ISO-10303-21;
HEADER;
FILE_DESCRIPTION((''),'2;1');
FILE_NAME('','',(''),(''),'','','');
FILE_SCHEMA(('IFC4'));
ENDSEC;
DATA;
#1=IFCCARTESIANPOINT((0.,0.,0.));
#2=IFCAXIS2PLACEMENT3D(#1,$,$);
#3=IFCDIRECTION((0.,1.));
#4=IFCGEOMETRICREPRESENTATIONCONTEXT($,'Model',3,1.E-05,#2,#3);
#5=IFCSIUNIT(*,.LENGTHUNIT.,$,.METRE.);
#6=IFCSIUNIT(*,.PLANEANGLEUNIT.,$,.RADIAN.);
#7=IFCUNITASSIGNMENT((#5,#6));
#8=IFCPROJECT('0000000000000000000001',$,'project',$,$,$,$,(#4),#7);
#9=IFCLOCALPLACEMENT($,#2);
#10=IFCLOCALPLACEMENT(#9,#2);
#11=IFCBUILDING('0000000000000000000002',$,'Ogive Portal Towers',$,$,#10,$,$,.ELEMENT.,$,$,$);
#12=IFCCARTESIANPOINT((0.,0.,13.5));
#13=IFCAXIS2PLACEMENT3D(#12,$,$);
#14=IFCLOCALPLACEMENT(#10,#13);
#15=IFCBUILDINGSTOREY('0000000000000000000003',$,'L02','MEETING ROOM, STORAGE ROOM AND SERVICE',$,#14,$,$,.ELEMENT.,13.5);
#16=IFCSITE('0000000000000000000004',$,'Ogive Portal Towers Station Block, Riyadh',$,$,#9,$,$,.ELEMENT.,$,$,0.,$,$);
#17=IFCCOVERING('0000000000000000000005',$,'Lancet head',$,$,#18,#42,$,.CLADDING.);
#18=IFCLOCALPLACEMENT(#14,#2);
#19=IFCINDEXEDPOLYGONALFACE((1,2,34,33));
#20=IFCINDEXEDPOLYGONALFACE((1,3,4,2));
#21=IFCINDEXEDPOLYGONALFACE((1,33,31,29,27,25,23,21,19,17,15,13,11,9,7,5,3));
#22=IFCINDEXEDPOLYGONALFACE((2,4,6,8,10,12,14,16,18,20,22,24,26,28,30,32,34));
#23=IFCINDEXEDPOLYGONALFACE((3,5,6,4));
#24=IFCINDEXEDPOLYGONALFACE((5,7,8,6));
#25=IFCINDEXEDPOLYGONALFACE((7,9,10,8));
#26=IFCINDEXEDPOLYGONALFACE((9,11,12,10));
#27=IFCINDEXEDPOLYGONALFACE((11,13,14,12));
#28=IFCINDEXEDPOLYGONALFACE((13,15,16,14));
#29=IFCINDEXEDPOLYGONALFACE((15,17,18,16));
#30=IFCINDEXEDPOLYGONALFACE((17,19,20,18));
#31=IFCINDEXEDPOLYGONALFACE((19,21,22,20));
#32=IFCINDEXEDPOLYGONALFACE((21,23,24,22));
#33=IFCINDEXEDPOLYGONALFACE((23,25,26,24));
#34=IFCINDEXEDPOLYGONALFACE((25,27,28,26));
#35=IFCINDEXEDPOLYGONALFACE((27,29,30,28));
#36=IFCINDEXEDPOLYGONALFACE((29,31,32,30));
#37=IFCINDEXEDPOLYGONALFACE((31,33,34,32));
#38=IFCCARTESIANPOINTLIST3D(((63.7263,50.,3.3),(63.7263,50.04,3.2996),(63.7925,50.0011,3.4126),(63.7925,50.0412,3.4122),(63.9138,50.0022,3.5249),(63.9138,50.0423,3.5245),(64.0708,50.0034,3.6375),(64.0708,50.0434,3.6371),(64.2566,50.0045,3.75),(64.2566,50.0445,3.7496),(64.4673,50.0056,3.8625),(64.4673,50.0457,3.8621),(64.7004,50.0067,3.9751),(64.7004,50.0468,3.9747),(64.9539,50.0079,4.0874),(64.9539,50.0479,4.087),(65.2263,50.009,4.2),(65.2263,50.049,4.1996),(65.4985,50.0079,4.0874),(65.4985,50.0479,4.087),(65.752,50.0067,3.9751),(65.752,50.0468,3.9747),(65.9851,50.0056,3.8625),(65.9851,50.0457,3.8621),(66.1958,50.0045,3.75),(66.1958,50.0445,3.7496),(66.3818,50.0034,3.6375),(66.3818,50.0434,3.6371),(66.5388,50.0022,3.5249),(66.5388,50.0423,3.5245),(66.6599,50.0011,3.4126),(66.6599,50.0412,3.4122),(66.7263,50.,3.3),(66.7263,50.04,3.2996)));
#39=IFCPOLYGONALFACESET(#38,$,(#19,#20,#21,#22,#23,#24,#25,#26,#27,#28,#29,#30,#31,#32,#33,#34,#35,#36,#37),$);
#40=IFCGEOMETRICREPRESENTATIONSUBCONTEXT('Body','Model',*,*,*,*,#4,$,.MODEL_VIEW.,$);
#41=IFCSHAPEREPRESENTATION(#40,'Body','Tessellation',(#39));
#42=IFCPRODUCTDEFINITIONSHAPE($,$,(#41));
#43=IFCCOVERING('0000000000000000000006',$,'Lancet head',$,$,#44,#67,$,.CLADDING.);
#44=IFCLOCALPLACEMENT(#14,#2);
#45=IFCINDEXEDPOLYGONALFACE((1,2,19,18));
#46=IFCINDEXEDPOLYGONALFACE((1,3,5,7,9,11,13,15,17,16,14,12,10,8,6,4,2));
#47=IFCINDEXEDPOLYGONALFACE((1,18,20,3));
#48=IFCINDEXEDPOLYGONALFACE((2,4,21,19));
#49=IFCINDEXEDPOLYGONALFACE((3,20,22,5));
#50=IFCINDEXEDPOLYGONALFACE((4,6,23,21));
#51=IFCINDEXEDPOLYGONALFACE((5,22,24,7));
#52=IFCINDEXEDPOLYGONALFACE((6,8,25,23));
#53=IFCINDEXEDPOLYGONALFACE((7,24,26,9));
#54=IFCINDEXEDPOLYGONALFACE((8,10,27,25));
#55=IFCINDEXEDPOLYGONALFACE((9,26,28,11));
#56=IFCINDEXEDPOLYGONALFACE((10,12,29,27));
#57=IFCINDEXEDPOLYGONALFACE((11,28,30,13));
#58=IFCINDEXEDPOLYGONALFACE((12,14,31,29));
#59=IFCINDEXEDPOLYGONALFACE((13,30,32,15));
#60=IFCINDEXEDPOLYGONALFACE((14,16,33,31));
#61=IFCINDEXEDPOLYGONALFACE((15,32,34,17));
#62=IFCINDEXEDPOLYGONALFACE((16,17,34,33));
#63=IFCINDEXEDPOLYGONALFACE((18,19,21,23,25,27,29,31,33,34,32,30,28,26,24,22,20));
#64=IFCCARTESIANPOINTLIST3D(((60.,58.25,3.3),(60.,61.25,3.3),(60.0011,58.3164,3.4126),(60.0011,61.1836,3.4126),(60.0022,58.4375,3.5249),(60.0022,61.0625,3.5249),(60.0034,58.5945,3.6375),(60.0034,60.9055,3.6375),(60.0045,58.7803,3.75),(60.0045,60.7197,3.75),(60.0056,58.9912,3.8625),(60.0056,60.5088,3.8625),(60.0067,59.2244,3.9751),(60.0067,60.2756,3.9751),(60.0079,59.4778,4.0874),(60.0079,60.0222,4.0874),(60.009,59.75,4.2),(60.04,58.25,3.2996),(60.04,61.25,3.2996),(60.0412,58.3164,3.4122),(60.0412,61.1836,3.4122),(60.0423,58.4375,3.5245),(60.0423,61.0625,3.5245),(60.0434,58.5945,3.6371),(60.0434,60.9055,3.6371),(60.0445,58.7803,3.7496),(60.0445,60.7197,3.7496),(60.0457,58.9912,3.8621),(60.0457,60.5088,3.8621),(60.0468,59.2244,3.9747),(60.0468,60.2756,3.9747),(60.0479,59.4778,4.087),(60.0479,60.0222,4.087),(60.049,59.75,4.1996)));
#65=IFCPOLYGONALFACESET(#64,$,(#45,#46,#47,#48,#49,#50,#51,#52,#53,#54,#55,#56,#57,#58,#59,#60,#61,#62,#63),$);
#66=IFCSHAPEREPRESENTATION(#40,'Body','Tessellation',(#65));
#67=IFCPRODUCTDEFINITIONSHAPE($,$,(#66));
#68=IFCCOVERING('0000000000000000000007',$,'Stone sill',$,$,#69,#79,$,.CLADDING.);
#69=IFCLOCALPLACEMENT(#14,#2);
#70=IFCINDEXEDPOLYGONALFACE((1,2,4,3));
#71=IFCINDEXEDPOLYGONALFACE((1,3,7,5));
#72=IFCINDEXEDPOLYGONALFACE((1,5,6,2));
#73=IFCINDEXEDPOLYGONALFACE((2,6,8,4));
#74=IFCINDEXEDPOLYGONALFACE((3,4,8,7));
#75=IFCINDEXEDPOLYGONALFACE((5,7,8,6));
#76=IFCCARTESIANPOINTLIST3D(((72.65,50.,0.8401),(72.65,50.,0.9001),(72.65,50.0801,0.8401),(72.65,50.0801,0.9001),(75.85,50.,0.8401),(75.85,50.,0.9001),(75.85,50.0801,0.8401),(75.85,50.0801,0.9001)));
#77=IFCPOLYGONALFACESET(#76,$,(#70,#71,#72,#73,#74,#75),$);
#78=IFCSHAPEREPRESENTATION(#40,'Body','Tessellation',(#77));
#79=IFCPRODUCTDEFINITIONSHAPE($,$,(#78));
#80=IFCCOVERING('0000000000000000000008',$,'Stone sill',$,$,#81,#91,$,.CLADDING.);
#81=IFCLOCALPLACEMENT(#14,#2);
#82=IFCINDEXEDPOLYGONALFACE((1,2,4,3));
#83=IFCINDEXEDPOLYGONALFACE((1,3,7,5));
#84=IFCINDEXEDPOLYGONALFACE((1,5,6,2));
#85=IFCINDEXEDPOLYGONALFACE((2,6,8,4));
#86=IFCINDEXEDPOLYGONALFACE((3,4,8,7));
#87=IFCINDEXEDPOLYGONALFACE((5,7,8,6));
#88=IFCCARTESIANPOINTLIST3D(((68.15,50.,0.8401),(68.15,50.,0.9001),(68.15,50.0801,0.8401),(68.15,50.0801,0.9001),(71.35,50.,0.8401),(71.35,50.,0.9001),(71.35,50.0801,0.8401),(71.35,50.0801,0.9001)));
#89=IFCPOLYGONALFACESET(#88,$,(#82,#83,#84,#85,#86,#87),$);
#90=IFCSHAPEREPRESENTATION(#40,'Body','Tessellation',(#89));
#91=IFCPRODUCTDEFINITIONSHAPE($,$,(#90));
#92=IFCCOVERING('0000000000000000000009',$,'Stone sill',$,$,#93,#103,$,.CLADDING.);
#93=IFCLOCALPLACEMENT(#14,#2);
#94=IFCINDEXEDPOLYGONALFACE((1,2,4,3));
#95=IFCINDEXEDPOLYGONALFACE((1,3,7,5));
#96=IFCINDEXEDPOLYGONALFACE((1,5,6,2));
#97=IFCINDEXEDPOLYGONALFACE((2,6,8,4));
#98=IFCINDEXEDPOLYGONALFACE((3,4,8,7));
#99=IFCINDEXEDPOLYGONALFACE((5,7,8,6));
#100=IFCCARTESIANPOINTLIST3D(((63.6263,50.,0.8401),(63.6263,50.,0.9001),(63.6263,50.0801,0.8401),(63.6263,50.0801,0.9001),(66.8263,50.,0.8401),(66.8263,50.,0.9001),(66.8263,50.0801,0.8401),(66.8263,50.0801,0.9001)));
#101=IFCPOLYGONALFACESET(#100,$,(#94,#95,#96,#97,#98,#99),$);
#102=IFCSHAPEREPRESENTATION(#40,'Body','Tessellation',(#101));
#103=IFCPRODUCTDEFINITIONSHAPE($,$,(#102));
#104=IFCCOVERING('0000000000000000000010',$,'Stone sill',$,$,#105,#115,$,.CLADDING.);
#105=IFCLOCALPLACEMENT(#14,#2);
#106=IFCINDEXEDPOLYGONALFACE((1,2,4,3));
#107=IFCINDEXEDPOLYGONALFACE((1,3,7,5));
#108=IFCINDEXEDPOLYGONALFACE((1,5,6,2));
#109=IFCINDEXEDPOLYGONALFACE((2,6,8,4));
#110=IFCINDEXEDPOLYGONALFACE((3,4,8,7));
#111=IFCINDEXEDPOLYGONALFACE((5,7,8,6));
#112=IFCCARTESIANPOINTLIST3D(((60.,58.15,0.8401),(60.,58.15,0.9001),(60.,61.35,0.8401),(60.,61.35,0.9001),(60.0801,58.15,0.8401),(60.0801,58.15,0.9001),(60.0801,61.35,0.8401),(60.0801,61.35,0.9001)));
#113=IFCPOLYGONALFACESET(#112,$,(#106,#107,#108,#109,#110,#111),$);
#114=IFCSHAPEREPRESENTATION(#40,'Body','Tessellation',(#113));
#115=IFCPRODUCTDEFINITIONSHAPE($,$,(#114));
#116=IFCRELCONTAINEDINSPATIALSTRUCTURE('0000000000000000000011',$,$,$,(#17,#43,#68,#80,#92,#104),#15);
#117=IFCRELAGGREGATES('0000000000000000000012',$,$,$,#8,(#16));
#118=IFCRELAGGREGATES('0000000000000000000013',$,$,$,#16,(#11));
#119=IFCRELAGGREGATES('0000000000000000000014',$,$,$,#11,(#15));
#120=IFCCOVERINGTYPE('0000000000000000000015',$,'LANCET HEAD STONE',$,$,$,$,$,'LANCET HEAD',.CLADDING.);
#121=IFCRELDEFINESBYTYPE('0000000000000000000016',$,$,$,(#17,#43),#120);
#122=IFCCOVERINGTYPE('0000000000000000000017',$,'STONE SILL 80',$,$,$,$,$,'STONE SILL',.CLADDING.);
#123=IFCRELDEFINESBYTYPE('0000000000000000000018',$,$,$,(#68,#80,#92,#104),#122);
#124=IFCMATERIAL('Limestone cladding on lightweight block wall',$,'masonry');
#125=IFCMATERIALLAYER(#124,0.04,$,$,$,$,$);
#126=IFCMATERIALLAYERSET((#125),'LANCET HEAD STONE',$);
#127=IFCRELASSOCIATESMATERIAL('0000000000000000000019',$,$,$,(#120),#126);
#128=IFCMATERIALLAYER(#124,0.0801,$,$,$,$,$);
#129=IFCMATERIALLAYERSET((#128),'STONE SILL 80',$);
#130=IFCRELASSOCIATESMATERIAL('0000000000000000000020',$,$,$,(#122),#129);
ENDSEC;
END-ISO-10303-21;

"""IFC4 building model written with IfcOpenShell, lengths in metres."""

from ifc_helpers import new_model, si_unit, direction, frame, origin, origin_2d, place, context, subcontext, project, spatial, polyline, rectangle, outline, extrude, material, layer, layer_set, type_object, element, save


model = new_model("IFC4")

# Units and contexts
model_context = context("Model", 3, precision=1e-05, world=origin(), true_north=direction((0.0, 1.0)))
body_context = subcontext(model_context, "Body", "Model", "MODEL_VIEW")
ifc_project = project(units=[si_unit("LENGTHUNIT", "METRE"), si_unit("PLANEANGLEUNIT", "RADIAN")], contexts=[model_context])

# Site, building, storey
site_placement = place(None, origin())
site = spatial("IfcSite", under=ifc_project, at=site_placement, Name="Ogive Portal Towers Station Block, Riyadh", CompositionType="ELEMENT", RefElevation=0.0)
building_placement = place(site_placement, origin())
building = spatial("IfcBuilding", under=site, at=building_placement, Name="Ogive Portal Towers", CompositionType="ELEMENT")
storey_placement = place(building_placement, frame((0.0, 0.0, 13.5)))
storey = spatial("IfcBuildingStorey", under=building, at=storey_placement, Name="L02", Description="MEETING ROOM, STORAGE ROOM AND SERVICE", CompositionType="ELEMENT", Elevation=13.5)

# Shared definitions
ifc_material_1 = material(Name="Limestone cladding on lightweight block wall", Category="masonry")

# Coverings
ifc_layer_1 = layer(ifc_material_1, 0.04)
ifc_layer_set_1 = layer_set([ifc_layer_1], Name="LANCET HEAD STONE")
covering_type_1 = type_object("IfcCoveringType", Name="LANCET HEAD STONE", ElementType="LANCET HEAD", PredefinedType="CLADDING", material=ifc_layer_set_1)
covering_1_placement = place(storey_placement, frame((66.7263, 50.0, 3.3), z_axis=(0.0, -0.99995, 0.009994), x_axis=(-1.0, 0.0, 0.0)))
element("IfcCovering", 1, at=covering_1_placement, inside=storey, type_object=covering_type_1, Name="Lancet head", PredefinedType="CLADDING", context=body_context, shape_type="SweptSolid", body=[
    extrude(outline(polyline([(0.0, 0.0), (3.0, 0.0), (2.9338, -0.1126), (2.8125, -0.2249), (2.6555, -0.3374), (2.4697, -0.45), (2.259, -0.5625), (2.0259, -0.6751), (1.7725, -0.7874), (1.5, -0.8999), (1.2278, -0.7874), (0.9744, -0.6751), (0.7412, -0.5625), (0.5305, -0.45), (0.3445, -0.3374), (0.1875, -0.2249), (0.0664, -0.1126), (0.0, 0.0)])), origin(), (0.0, 0.0, -1.0), 0.04),
])
covering_2_placement = place(storey_placement, frame((60.0, 58.25, 3.3), z_axis=(-0.99995, 0.0, 0.009994), x_axis=(0.0, 1.0, 0.0)))
element("IfcCovering", 2, at=covering_2_placement, inside=storey, type_object=covering_type_1, Name="Lancet head", PredefinedType="CLADDING", context=body_context, shape_type="SweptSolid", body=[
    extrude(outline(polyline([(0.0, 0.0), (3.0, 0.0), (2.9336, -0.1126), (2.8125, -0.2249), (2.6555, -0.3374), (2.4697, -0.45), (2.2588, -0.5625), (2.0256, -0.6751), (1.7722, -0.7874), (1.5, -0.8999), (1.2278, -0.7874), (0.9744, -0.6751), (0.7412, -0.5625), (0.5303, -0.45), (0.3445, -0.3374), (0.1875, -0.2249), (0.0664, -0.1126), (0.0, 0.0)])), origin(), (0.0, 0.0, -1.0), 0.04),
])
ifc_layer_2 = layer(ifc_material_1, 0.0801)
ifc_layer_set_2 = layer_set([ifc_layer_2], Name="STONE SILL 80")
covering_type_2 = type_object("IfcCoveringType", Name="STONE SILL 80", ElementType="STONE SILL", PredefinedType="CLADDING", material=ifc_layer_set_2)
for number, where, z_axis, x_axis, name in (
    (3, (74.25, 50.04, 0.8401), (0.0, 0.0, 1.0), (-1.0, 0.0, 0.0), "Stone sill"),
    (4, (69.75, 50.04, 0.8401), (0.0, 0.0, 1.0), (-1.0, 0.0, 0.0), "Stone sill"),
    (5, (65.2263, 50.04, 0.8401), (0.0, 0.0, 1.0), (-1.0, 0.0, 0.0), "Stone sill"),
    (6, (60.04, 59.75, 0.8401), (0.0, 0.0, 1.0), (0.0, 1.0, 0.0), "Stone sill"),
):
    element("IfcCovering", number, at=place(storey_placement, frame(where, z_axis=z_axis, x_axis=x_axis)), inside=storey, type_object=covering_type_2, Name=name, PredefinedType="CLADDING", context=body_context, shape_type="SweptSolid", body=[
        extrude(rectangle(XDim=3.2, YDim=0.0801, at=origin_2d()), origin(), (0.0, 0.0, 1.0), 0.0601),
    ])

save(model, "model.ifc")
